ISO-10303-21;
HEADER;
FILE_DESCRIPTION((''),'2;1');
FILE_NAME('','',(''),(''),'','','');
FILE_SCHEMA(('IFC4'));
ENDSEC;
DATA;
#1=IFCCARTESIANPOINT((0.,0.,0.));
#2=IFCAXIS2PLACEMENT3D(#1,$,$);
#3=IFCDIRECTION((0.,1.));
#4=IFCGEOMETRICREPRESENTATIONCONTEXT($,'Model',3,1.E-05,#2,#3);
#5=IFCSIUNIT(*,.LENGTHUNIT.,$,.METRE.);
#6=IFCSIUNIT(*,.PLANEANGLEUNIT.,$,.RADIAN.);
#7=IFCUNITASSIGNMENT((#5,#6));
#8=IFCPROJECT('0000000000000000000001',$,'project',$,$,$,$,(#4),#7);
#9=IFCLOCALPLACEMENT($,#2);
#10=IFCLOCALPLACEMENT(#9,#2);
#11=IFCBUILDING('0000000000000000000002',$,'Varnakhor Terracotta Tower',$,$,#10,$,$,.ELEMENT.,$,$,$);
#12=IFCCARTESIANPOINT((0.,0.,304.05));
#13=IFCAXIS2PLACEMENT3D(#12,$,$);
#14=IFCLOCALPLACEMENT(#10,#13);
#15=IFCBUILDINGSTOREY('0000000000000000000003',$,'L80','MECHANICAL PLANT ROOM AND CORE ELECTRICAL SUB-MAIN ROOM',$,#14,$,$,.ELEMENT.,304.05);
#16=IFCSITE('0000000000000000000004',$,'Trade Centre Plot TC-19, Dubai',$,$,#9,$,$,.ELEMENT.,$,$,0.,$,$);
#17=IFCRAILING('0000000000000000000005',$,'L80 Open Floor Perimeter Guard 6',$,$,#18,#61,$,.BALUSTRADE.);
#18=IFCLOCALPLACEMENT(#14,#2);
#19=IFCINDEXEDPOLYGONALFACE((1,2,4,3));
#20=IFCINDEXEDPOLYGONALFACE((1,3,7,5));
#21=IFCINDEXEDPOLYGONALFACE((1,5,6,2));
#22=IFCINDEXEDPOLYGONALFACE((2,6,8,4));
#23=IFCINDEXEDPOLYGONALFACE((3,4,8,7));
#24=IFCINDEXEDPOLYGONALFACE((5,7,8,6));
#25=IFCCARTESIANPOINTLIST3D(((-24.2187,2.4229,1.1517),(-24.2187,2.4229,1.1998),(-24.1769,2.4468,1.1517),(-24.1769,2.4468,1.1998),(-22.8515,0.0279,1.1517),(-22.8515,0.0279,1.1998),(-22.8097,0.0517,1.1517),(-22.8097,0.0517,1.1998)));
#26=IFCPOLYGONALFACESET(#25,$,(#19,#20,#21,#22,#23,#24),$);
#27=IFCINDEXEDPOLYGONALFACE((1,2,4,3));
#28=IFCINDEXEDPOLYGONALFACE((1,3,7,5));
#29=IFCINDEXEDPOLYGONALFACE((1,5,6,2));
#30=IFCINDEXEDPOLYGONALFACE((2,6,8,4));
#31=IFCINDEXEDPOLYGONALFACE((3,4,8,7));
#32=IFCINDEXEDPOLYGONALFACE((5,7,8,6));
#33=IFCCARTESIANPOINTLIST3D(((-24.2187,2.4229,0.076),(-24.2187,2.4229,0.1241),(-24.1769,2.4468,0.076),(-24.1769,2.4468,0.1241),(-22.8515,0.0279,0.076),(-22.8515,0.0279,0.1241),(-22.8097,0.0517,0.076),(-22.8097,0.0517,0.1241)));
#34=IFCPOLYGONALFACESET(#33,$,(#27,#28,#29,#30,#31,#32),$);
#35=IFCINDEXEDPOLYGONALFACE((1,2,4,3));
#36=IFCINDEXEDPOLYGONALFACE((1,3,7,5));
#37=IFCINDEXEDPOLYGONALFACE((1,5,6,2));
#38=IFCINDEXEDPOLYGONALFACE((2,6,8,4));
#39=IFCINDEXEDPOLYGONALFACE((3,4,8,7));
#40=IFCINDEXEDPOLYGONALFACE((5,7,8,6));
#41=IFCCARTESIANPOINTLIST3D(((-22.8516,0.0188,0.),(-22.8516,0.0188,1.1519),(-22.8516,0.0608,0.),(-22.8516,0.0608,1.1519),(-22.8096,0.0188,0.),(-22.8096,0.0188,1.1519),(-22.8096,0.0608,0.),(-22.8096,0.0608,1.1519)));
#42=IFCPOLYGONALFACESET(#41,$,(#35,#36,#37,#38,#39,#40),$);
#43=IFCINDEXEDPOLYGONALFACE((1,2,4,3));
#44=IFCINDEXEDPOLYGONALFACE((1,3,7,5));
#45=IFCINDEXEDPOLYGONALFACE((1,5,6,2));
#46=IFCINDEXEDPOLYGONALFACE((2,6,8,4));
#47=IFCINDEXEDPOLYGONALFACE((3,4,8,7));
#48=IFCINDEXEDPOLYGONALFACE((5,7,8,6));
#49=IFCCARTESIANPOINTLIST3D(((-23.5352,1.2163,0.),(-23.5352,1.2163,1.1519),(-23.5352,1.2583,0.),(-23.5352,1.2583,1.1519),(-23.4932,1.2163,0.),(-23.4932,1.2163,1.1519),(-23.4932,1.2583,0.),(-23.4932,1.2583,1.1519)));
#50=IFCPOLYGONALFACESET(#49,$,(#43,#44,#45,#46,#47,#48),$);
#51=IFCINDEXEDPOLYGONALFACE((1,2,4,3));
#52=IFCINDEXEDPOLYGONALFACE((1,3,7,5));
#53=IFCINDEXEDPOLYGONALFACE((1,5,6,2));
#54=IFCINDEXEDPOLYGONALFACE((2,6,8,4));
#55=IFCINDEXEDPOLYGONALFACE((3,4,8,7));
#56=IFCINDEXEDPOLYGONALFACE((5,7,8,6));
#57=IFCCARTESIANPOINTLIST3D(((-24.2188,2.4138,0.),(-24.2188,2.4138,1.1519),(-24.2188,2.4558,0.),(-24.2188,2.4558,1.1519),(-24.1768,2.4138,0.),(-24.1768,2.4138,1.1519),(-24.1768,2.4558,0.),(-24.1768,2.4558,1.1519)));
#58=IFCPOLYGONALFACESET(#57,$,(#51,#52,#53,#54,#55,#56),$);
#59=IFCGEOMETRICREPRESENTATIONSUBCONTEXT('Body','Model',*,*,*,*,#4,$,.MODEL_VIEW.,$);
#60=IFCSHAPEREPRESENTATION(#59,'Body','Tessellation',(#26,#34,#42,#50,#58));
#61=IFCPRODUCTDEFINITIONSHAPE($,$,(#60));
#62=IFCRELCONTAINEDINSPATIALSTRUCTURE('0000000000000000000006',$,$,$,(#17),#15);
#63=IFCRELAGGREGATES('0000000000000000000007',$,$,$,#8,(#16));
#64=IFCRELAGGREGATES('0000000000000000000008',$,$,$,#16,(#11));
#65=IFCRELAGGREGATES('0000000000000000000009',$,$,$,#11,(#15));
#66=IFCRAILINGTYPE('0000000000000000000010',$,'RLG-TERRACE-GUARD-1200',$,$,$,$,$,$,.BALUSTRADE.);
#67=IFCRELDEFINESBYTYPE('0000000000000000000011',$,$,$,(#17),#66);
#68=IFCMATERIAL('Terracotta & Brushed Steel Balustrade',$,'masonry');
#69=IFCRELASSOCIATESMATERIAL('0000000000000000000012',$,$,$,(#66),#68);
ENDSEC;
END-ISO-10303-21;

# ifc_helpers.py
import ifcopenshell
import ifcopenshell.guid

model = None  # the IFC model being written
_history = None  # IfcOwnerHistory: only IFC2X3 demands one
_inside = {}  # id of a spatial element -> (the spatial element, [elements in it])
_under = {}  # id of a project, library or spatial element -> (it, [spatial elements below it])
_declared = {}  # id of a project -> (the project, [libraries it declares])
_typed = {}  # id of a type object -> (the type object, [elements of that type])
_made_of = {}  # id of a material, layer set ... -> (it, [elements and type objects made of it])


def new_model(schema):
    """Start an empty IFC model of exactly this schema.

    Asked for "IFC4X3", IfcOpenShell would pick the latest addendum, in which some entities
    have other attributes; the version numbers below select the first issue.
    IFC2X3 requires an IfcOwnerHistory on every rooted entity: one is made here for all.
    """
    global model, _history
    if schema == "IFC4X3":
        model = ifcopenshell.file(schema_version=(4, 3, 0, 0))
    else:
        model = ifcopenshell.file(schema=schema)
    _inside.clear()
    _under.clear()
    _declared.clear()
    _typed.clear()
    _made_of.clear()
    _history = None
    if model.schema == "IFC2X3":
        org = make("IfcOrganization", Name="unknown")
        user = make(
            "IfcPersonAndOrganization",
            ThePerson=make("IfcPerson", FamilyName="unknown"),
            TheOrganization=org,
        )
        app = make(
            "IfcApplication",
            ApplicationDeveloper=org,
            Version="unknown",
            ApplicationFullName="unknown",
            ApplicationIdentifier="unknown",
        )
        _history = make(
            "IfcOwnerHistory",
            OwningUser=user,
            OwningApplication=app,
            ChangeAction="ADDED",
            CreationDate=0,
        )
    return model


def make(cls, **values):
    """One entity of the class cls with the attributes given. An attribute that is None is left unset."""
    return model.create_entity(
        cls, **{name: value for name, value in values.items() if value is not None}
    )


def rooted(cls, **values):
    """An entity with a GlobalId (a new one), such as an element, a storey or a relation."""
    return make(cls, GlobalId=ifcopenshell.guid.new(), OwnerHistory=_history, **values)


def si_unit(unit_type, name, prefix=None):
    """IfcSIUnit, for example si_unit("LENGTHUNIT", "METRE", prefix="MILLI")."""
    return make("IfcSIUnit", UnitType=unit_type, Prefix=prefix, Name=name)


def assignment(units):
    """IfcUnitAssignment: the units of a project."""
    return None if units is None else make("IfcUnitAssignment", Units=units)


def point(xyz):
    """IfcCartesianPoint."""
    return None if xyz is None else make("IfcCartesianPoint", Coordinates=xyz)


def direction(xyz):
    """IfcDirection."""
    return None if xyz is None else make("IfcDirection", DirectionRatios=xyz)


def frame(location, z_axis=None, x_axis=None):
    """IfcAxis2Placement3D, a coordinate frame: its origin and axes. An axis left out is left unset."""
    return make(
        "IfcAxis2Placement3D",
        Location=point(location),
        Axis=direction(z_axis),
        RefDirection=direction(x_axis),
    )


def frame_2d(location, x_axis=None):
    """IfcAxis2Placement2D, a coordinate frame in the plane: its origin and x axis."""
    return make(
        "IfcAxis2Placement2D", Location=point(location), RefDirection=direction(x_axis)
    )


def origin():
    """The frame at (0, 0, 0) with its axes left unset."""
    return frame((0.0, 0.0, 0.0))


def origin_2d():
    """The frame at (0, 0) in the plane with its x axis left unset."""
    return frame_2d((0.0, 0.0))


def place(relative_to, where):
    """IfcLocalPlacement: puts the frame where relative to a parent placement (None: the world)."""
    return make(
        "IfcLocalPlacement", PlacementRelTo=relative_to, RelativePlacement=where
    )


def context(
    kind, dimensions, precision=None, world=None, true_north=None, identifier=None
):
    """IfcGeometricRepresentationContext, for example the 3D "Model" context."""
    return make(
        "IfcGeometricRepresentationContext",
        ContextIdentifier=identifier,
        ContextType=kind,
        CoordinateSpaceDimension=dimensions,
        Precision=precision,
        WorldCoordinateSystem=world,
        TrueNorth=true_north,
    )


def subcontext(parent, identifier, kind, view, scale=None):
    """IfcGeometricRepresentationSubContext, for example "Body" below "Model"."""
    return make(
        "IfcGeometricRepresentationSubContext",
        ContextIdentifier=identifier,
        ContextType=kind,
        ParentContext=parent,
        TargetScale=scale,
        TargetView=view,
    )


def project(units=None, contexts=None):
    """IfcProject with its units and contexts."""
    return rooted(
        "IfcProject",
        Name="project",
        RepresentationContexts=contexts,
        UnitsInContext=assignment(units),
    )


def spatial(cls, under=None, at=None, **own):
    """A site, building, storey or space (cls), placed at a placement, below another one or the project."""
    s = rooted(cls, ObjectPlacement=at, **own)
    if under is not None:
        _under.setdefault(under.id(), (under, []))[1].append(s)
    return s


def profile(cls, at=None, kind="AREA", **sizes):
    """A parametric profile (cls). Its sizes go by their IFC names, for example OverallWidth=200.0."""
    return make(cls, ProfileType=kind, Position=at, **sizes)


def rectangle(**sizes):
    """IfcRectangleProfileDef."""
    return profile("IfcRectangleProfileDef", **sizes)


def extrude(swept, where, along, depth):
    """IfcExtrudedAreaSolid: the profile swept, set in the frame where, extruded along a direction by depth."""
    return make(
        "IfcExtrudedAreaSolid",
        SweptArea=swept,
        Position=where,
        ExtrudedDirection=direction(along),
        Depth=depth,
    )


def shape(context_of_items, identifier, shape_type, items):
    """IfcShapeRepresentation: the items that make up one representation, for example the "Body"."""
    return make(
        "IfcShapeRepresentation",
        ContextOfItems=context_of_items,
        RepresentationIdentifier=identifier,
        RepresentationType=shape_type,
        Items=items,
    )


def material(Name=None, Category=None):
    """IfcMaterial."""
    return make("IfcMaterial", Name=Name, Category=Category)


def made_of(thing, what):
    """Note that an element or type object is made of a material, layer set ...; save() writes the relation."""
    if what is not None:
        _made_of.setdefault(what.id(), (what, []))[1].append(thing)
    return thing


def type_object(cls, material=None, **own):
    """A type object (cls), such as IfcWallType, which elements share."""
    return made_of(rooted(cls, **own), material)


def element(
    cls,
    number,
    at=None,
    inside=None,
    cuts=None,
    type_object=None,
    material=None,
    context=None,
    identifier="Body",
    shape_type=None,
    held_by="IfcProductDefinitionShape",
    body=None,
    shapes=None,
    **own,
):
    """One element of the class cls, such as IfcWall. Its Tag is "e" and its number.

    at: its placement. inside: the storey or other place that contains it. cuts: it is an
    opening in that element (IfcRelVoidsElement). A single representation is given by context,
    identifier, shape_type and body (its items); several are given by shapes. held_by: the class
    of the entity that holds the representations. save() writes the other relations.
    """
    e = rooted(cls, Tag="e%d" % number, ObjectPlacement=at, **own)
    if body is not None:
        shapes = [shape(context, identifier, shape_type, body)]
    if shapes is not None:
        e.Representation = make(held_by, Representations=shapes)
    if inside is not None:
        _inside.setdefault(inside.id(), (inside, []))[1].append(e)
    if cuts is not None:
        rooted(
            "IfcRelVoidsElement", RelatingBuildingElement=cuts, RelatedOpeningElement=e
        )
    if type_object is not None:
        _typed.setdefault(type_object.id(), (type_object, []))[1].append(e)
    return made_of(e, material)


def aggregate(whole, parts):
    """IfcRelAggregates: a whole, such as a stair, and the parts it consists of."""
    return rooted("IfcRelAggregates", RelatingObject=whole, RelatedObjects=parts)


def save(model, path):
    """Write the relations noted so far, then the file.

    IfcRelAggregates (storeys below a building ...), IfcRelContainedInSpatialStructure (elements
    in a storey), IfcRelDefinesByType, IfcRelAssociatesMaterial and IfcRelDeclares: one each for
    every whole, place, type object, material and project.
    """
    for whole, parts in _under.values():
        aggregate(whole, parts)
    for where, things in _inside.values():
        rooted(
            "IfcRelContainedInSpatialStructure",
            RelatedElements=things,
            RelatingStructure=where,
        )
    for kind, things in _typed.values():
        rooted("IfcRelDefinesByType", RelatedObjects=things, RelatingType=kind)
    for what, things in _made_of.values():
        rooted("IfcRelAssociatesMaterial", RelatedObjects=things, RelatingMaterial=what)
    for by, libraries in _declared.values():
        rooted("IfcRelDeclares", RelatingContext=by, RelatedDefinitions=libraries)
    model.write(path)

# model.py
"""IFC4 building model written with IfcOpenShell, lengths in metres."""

from ifc_helpers import new_model, si_unit, direction, frame, origin, origin_2d, place, context, subcontext, project, spatial, rectangle, extrude, material, type_object, element, save


model = new_model("IFC4")

# Units and contexts
model_context = context("Model", 3, precision=1e-05, world=origin(), true_north=direction((0.0, 1.0)))
body_context = subcontext(model_context, "Body", "Model", "MODEL_VIEW")
ifc_project = project(units=[si_unit("LENGTHUNIT", "METRE"), si_unit("PLANEANGLEUNIT", "RADIAN")], contexts=[model_context])

# Site, building, storey
site_placement = place(None, origin())
site = spatial("IfcSite", under=ifc_project, at=site_placement, Name="Trade Centre Plot TC-19, Dubai", CompositionType="ELEMENT", RefElevation=0.0)
building_placement = place(site_placement, origin())
building = spatial("IfcBuilding", under=site, at=building_placement, Name="Varnakhor Terracotta Tower", CompositionType="ELEMENT")
storey_placement = place(building_placement, frame((0.0, 0.0, 304.05)))
storey = spatial("IfcBuildingStorey", under=building, at=storey_placement, Name="L80", Description="MECHANICAL PLANT ROOM AND CORE ELECTRICAL SUB-MAIN ROOM", CompositionType="ELEMENT", Elevation=304.05)

# Railing
ifc_material_1 = material(Name="Terracotta & Brushed Steel Balustrade", Category="masonry")
railing_type_1 = type_object("IfcRailingType", Name="RLG-TERRACE-GUARD-1200", PredefinedType="BALUSTRADE", material=ifc_material_1)
railing_1_placement = place(storey_placement, frame((-22.8306, 0.0398, 0.0)))
element("IfcRailing", 1, at=railing_1_placement, inside=storey, type_object=railing_type_1, Name="L80 Open Floor Perimeter Guard 6", PredefinedType="BALUSTRADE", context=body_context, shape_type="SweptSolid", body=[
    extrude(rectangle(XDim=0.0481, YDim=0.0481, at=origin_2d()), frame((0.0, 0.0, 1.1758), z_axis=(-0.495758, 0.868461, 0.0), x_axis=(-0.868461, -0.495758, 0.0)), (0.0, 0.0, 1.0), 2.7578),
    extrude(rectangle(XDim=0.0481, YDim=0.0481, at=origin_2d()), frame((0.0, 0.0, 0.1001), z_axis=(-0.495758, 0.868461, 0.0), x_axis=(-0.868461, -0.495758, 0.0)), (0.0, 0.0, 1.0), 2.7578),
    extrude(rectangle(XDim=0.042, YDim=0.042, at=origin_2d()), origin(), (0.0, 0.0, 1.0), 1.1519),
    extrude(rectangle(XDim=0.042, YDim=0.042, at=origin_2d()), frame((-0.6836, 1.1975, 0.0)), (0.0, 0.0, 1.0), 1.1519),
    extrude(rectangle(XDim=0.042, YDim=0.042, at=origin_2d()), frame((-1.3672, 2.395, 0.0)), (0.0, 0.0, 1.0), 1.1519),
])

save(model, "model.ifc")
